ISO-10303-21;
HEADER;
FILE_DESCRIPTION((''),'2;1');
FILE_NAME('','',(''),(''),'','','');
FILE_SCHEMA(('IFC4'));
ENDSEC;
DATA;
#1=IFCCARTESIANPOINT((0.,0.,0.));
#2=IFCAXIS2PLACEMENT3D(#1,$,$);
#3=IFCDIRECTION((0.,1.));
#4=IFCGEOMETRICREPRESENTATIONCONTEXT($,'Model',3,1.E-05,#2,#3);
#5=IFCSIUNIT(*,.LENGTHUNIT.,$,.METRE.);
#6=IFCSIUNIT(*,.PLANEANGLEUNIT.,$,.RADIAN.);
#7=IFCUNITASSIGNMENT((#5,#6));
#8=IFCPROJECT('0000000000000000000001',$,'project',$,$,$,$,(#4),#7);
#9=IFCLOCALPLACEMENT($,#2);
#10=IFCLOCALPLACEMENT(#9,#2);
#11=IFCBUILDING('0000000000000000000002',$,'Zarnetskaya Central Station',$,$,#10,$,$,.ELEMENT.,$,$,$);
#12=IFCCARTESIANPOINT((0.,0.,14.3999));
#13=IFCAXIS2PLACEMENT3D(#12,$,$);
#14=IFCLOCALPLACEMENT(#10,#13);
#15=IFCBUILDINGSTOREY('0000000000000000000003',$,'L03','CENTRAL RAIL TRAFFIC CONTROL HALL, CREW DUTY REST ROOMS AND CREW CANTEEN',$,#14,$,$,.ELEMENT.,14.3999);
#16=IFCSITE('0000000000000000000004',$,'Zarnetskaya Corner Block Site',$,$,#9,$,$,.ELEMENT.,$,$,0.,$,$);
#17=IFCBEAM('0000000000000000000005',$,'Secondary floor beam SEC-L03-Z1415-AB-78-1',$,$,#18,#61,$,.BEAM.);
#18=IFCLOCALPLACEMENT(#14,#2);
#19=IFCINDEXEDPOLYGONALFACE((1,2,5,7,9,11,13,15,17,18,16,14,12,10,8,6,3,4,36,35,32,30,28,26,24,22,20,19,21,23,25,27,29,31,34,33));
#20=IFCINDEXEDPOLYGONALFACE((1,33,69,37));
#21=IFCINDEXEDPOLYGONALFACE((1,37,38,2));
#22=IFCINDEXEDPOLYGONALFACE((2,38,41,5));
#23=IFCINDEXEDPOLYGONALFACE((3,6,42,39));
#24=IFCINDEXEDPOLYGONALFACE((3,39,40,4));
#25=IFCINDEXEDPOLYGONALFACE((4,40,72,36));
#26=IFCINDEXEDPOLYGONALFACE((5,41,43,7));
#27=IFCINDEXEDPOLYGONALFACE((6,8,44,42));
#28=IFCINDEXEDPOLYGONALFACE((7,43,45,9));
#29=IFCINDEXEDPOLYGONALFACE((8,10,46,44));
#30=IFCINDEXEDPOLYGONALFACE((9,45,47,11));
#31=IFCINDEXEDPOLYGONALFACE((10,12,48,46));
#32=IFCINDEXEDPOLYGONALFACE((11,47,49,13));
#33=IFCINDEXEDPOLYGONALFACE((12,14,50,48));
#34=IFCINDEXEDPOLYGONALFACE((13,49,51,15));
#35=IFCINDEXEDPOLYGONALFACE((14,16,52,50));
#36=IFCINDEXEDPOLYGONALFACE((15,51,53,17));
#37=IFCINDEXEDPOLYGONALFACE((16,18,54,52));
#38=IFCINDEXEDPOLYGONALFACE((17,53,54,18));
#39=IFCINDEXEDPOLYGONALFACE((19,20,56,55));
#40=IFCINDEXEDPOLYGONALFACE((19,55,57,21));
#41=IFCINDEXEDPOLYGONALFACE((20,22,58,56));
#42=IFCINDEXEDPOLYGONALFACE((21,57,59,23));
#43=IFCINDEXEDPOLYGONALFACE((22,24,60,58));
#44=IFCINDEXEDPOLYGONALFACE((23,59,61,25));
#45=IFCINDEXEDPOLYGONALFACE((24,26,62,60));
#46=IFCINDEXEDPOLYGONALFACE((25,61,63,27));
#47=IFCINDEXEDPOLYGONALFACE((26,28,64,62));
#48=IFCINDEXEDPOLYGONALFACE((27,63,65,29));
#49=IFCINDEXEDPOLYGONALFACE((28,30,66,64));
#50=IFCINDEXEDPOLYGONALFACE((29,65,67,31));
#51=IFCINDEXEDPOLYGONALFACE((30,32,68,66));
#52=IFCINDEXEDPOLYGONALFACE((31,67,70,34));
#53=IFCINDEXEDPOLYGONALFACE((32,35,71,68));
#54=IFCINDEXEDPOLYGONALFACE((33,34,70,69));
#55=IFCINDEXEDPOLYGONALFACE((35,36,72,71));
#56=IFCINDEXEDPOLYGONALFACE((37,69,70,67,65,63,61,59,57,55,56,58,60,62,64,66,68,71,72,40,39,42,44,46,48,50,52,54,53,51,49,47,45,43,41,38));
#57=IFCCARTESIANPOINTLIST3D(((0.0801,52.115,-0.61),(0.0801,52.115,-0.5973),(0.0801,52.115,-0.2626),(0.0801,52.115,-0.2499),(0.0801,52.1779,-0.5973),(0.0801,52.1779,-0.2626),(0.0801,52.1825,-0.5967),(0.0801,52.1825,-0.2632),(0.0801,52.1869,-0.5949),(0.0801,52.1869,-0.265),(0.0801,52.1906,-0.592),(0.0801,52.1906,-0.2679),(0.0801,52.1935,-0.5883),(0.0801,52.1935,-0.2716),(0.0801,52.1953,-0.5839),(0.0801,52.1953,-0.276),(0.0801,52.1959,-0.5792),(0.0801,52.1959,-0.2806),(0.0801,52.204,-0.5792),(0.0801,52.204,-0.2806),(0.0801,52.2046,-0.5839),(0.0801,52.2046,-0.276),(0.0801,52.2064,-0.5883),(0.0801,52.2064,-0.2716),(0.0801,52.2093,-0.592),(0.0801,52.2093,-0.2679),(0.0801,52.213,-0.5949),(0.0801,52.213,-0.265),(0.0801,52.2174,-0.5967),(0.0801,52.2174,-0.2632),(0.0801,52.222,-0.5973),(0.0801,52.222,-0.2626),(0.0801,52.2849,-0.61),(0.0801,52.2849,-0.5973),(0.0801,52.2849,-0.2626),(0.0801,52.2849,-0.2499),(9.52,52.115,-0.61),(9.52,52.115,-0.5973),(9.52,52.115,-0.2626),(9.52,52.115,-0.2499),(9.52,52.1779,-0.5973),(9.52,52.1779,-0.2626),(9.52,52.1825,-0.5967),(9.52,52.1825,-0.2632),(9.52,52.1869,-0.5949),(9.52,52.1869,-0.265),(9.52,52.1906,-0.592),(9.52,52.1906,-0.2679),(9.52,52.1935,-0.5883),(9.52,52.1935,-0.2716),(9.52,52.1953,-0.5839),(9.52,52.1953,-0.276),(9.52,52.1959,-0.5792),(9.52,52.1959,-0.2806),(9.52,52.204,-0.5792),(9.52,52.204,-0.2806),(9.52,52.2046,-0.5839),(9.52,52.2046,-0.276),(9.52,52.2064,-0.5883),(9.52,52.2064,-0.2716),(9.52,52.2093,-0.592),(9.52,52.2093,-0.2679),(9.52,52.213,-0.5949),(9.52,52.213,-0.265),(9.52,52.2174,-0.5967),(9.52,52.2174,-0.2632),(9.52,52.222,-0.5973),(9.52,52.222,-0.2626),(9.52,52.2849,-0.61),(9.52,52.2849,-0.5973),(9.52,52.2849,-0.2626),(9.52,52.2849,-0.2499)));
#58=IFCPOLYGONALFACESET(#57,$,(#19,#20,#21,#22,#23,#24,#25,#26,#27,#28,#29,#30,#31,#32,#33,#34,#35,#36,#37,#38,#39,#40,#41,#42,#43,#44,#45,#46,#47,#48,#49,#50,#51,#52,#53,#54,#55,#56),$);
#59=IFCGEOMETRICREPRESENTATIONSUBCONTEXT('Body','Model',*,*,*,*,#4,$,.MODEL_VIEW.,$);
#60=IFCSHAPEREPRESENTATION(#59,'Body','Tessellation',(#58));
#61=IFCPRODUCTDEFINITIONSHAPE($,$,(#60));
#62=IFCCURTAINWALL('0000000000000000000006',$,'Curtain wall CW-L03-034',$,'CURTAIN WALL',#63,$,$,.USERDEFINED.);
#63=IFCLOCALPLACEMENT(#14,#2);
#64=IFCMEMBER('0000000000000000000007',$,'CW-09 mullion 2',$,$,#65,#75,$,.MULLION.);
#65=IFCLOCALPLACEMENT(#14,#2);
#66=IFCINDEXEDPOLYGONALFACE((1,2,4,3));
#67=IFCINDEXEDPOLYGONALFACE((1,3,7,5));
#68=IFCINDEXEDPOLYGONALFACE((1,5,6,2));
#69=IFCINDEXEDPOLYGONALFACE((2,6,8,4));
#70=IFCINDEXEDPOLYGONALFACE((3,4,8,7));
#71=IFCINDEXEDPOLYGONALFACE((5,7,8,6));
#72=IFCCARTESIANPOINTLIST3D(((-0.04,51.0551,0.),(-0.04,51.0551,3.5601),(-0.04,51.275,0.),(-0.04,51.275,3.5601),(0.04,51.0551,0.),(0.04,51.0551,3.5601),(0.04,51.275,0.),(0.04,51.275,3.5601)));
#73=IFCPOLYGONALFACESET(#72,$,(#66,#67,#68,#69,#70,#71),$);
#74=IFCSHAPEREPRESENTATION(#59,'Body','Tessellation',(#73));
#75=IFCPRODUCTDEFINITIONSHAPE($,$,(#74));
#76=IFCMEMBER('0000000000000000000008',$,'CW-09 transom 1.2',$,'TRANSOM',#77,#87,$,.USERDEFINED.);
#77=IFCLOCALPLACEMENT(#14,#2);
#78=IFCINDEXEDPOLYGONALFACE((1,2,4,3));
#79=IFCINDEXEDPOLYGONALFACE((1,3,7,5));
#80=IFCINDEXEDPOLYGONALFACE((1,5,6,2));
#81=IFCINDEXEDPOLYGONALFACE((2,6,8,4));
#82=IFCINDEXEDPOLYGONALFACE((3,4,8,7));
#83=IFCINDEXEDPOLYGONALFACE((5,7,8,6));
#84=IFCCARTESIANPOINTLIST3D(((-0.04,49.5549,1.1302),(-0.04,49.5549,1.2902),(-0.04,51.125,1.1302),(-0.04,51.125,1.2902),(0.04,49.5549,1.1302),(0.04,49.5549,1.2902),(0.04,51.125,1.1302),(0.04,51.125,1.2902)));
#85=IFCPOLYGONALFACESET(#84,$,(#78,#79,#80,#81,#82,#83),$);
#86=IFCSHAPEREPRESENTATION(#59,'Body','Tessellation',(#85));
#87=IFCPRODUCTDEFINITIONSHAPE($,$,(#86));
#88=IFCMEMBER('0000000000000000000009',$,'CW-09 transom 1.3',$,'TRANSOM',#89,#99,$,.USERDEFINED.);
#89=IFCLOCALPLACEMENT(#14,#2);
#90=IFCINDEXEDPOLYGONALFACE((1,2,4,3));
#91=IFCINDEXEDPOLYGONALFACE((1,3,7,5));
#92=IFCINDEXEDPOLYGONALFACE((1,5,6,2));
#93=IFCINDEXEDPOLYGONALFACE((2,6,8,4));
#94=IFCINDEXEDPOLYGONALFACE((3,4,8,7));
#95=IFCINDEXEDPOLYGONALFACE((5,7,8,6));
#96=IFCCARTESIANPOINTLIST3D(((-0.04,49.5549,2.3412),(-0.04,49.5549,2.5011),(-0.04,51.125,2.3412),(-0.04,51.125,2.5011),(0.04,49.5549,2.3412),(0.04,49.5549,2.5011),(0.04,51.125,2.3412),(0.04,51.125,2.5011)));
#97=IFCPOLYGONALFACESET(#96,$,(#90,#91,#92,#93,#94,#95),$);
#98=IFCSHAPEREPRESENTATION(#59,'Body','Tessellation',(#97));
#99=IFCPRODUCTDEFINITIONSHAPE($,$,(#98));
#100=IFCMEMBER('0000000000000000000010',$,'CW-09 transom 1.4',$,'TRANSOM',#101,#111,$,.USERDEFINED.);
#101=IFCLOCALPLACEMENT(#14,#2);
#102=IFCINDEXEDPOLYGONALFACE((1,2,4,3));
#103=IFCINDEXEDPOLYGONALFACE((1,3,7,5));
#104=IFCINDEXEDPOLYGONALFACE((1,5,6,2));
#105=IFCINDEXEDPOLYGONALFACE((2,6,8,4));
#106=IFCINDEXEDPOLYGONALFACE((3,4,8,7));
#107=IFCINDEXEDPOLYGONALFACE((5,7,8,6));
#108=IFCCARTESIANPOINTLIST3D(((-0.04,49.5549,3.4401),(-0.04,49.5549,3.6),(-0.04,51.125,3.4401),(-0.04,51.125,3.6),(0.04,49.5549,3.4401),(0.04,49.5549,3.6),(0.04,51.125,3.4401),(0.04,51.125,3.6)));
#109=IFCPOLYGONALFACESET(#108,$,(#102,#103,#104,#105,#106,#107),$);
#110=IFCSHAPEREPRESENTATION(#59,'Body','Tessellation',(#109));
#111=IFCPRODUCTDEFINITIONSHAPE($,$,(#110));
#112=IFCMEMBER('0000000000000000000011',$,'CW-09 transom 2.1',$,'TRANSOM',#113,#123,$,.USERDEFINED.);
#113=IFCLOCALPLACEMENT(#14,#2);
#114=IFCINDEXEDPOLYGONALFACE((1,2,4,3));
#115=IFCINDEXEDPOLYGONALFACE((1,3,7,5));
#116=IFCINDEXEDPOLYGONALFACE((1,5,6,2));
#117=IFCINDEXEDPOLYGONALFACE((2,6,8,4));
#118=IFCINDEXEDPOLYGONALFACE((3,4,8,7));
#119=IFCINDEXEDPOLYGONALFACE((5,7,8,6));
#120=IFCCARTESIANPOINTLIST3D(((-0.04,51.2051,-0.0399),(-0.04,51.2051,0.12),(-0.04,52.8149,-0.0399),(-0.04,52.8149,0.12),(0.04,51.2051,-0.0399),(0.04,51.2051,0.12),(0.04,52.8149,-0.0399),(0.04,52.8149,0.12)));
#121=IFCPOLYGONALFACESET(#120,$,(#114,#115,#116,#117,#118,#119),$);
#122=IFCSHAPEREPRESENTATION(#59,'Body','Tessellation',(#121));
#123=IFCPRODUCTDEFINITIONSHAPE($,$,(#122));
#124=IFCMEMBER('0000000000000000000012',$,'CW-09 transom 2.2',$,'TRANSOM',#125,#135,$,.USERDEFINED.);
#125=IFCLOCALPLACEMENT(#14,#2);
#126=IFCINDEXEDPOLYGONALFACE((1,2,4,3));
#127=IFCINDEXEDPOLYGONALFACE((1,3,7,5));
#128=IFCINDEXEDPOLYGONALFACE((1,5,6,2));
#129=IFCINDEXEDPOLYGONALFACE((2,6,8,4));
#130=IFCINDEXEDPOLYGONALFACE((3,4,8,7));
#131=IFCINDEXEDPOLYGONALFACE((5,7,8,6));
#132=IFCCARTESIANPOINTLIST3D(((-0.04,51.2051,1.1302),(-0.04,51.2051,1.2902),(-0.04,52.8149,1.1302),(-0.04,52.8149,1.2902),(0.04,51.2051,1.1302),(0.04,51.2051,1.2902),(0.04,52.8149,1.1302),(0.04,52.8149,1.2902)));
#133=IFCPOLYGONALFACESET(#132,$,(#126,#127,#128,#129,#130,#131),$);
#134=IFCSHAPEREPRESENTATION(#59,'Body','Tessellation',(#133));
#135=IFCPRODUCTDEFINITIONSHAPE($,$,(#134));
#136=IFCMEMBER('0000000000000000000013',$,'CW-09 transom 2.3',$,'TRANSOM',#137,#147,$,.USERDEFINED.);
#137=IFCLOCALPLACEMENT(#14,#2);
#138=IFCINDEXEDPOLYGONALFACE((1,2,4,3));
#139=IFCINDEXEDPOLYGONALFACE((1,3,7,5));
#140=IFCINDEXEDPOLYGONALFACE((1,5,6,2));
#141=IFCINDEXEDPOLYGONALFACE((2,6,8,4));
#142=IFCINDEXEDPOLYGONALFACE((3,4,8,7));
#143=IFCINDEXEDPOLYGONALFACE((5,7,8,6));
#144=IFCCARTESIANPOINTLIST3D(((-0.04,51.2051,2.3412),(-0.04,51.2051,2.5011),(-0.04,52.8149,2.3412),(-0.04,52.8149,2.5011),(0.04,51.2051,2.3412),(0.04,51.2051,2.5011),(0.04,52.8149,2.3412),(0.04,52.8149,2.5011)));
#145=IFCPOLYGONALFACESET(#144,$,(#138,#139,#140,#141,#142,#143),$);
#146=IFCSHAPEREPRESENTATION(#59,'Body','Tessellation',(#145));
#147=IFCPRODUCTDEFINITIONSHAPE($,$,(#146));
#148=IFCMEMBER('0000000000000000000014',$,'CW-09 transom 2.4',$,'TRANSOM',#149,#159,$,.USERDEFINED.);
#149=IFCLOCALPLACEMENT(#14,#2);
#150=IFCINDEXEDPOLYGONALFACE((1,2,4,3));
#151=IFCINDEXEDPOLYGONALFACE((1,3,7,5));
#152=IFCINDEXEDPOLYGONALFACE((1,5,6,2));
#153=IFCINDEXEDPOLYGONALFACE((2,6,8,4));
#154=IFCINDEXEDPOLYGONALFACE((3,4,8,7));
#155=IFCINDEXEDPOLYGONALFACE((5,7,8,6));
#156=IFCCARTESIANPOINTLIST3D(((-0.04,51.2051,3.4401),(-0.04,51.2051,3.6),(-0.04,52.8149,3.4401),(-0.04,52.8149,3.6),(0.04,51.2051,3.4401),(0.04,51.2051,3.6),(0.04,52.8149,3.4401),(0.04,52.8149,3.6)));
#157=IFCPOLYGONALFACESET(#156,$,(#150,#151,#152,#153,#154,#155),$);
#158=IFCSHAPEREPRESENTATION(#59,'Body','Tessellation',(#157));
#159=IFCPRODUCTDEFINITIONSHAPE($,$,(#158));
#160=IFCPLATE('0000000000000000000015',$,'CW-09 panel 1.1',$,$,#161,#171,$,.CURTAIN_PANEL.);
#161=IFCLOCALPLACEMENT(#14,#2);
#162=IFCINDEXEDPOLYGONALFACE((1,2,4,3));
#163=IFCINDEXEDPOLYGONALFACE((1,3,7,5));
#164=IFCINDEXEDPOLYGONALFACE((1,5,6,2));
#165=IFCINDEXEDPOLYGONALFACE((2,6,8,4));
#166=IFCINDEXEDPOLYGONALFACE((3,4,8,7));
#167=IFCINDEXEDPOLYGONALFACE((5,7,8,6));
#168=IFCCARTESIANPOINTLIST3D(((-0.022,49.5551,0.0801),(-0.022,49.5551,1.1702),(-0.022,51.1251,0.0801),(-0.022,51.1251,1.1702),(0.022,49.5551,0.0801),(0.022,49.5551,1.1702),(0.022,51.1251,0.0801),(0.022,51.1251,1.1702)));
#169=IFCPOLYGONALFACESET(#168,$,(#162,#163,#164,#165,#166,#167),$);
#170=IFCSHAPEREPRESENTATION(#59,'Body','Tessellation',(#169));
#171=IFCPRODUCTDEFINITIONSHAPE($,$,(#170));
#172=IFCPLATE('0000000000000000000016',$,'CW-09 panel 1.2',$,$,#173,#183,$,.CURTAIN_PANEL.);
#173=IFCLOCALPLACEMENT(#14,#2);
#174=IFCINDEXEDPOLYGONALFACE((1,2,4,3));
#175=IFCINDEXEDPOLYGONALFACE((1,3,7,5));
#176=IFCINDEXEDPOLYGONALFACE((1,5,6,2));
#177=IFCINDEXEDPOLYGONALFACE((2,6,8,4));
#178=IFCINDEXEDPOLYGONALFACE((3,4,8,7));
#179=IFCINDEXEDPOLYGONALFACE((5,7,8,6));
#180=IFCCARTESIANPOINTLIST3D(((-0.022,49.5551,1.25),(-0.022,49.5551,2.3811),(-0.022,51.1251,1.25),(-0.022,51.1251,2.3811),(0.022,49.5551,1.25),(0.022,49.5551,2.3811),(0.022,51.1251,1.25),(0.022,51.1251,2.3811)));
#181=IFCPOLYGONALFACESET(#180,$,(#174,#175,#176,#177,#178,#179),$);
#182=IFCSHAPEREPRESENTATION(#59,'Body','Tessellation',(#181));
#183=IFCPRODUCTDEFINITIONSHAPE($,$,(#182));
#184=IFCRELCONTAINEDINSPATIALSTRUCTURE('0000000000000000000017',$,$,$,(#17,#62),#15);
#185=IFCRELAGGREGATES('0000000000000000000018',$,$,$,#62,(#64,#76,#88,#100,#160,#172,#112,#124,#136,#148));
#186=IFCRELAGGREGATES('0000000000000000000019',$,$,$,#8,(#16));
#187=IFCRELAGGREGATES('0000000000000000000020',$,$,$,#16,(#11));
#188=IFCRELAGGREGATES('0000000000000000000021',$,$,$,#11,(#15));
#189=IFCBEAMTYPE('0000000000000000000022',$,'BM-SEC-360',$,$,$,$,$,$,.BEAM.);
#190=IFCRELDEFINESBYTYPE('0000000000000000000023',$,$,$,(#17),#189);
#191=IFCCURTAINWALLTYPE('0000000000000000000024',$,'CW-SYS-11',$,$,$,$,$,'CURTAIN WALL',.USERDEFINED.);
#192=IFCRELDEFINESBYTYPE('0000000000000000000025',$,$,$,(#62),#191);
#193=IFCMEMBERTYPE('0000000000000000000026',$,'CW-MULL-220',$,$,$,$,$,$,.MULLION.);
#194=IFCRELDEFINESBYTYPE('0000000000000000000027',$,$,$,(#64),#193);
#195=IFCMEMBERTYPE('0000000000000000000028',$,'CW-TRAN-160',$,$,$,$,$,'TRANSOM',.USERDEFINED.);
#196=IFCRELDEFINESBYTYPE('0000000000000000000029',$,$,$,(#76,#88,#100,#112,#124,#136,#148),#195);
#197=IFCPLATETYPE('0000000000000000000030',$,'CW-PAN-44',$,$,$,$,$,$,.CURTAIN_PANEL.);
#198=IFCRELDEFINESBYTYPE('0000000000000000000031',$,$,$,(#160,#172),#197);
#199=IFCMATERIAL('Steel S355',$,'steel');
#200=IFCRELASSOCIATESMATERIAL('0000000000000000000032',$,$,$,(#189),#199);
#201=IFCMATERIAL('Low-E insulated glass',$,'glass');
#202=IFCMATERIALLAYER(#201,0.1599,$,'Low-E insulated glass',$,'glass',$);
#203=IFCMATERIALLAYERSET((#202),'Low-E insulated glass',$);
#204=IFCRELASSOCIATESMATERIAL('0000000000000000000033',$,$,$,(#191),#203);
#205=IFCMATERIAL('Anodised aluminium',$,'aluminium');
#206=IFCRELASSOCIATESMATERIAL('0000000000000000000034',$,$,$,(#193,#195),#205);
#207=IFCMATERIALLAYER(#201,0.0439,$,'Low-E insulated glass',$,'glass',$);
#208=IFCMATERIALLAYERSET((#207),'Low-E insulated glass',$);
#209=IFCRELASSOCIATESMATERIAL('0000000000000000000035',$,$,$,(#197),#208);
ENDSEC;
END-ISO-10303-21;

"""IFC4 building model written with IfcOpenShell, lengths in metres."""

from ifc_helpers import new_model, si_unit, direction, frame, origin, origin_2d, place, context, subcontext, project, spatial, rectangle, i_section, extrude, material, layer, layer_set, material_profile, profile_set, type_object, element, aggregate, save


model = new_model("IFC4")

# Units and contexts
model_context = context("Model", 3, precision=1e-05, world=origin(), true_north=direction((0.0, 1.0)))
body_context = subcontext(model_context, "Body", "Model", "MODEL_VIEW")
ifc_project = project(units=[si_unit("LENGTHUNIT", "METRE"), si_unit("PLANEANGLEUNIT", "RADIAN")], contexts=[model_context])

# Site, building, storey
site_placement = place(None, origin())
site = spatial("IfcSite", under=ifc_project, at=site_placement, Name="Zarnetskaya Corner Block Site", CompositionType="ELEMENT", RefElevation=0.0)
building_placement = place(site_placement, origin())
building = spatial("IfcBuilding", under=site, at=building_placement, Name="Zarnetskaya Central Station", CompositionType="ELEMENT")
storey_placement = place(building_placement, frame((0.0, 0.0, 14.3999)))
storey = spatial("IfcBuildingStorey", under=building, at=storey_placement, Name="L03", Description="CENTRAL RAIL TRAFFIC CONTROL HALL, CREW DUTY REST ROOMS AND CREW CANTEEN", CompositionType="ELEMENT", Elevation=14.3999)

# Beam
ifc_material_1 = material(Name="Steel S355", Category="steel")
ifc_material_profile_1 = material_profile(ifc_material_1, i_section(OverallWidth=0.1699, OverallDepth=0.3601, WebThickness=0.0081, FlangeThickness=0.0127, FilletRadius=0.0181, at=origin_2d()), Name="IPE 360")
ifc_profile_set_1 = profile_set([ifc_material_profile_1], Name="Steel S355")
beam_type = type_object("IfcBeamType", Name="BM-SEC-360", PredefinedType="BEAM", material=ifc_profile_set_1)
beam_placement = place(storey_placement, frame((0.0801, 52.2, -0.4299), z_axis=(1.0, 0.0, 0.0), x_axis=(0.0, 1.0, 0.0)))
element("IfcBeam", 1, at=beam_placement, inside=storey, type_object=beam_type, Name="Secondary floor beam SEC-L03-Z1415-AB-78-1", PredefinedType="BEAM", context=body_context, shape_type="SweptSolid", body=[
    extrude(i_section(OverallWidth=0.1699, OverallDepth=0.3601, WebThickness=0.0081, FlangeThickness=0.0127, FilletRadius=0.0181, at=origin_2d()), origin(), (0.0, 0.0, 1.0), 9.4399),
])

# Curtain wall, members, plates
ifc_material_2 = material(Name="Low-E insulated glass", Category="glass")
ifc_layer_1 = layer(ifc_material_2, 0.1599, Name="Low-E insulated glass", Category="glass")
ifc_layer_set_1 = layer_set([ifc_layer_1], Name="Low-E insulated glass")
curtain_wall_type = type_object("IfcCurtainWallType", Name="CW-SYS-11", ElementType="CURTAIN WALL", PredefinedType="USERDEFINED", material=ifc_layer_set_1)
curtain_wall_placement = place(storey_placement, origin())
curtain_wall = element("IfcCurtainWall", 2, at=curtain_wall_placement, inside=storey, type_object=curtain_wall_type, Name="Curtain wall CW-L03-034", ObjectType="CURTAIN WALL", PredefinedType="USERDEFINED")
ifc_material_3 = material(Name="Anodised aluminium", Category="aluminium")
ifc_material_profile_2 = material_profile(ifc_material_3, rectangle(XDim=0.0801, YDim=0.22, at=origin_2d()), Name="ALU MULL 80x220")
ifc_profile_set_2 = profile_set([ifc_material_profile_2], Name="Anodised aluminium")
member_type_1 = type_object("IfcMemberType", Name="CW-MULL-220", PredefinedType="MULLION", material=ifc_profile_set_2)
member_1_placement = place(storey_placement, frame((0.0, 51.165, 0.0), z_axis=(0.0, 0.0, 1.0), x_axis=(-1.0, 0.0, 0.0)))
member_1 = element("IfcMember", 3, at=member_1_placement, type_object=member_type_1, Name="CW-09 mullion 2", PredefinedType="MULLION", context=body_context, shape_type="SweptSolid", body=[
    extrude(rectangle(XDim=0.0801, YDim=0.22, at=origin_2d()), origin(), (0.0, 0.0, 1.0), 3.5601),
])
ifc_material_profile_3 = material_profile(ifc_material_3, rectangle(XDim=0.0801, YDim=0.1599, at=origin_2d()), Name="ALU TRAN 80x160")
ifc_profile_set_3 = profile_set([ifc_material_profile_3], Name="Anodised aluminium")
member_type_2 = type_object("IfcMemberType", Name="CW-TRAN-160", ElementType="TRANSOM", PredefinedType="USERDEFINED", material=ifc_profile_set_3)
member_2_placement = place(storey_placement, frame((0.0, 49.5549, 1.2102), z_axis=(0.0, 1.0, 0.0), x_axis=(-1.0, 0.0, 0.0)))
member_2 = element("IfcMember", 4, at=member_2_placement, type_object=member_type_2, Name="CW-09 transom 1.2", ObjectType="TRANSOM", PredefinedType="USERDEFINED", context=body_context, shape_type="SweptSolid", body=[
    extrude(rectangle(XDim=0.0801, YDim=0.1599, at=origin_2d()), origin(), (0.0, 0.0, 1.0), 1.5701),
])
member_3_placement = place(storey_placement, frame((0.0, 49.5549, 2.4211), z_axis=(0.0, 1.0, 0.0), x_axis=(-1.0, 0.0, 0.0)))
member_3 = element("IfcMember", 5, at=member_3_placement, type_object=member_type_2, Name="CW-09 transom 1.3", ObjectType="TRANSOM", PredefinedType="USERDEFINED", context=body_context, shape_type="SweptSolid", body=[
    extrude(rectangle(XDim=0.0801, YDim=0.1599, at=origin_2d()), origin(), (0.0, 0.0, 1.0), 1.5701),
])
member_4_placement = place(storey_placement, frame((0.0, 49.5549, 3.52), z_axis=(0.0, 1.0, 0.0), x_axis=(-1.0, 0.0, 0.0)))
member_4 = element("IfcMember", 6, at=member_4_placement, type_object=member_type_2, Name="CW-09 transom 1.4", ObjectType="TRANSOM", PredefinedType="USERDEFINED", context=body_context, shape_type="SweptSolid", body=[
    extrude(rectangle(XDim=0.0801, YDim=0.1599, at=origin_2d()), origin(), (0.0, 0.0, 1.0), 1.5701),
])
member_5_placement = place(storey_placement, frame((0.0, 51.2051, 0.04), z_axis=(0.0, 1.0, 0.0), x_axis=(-1.0, 0.0, 0.0)))
member_5 = element("IfcMember", 7, at=member_5_placement, type_object=member_type_2, Name="CW-09 transom 2.1", ObjectType="TRANSOM", PredefinedType="USERDEFINED", context=body_context, shape_type="SweptSolid", body=[
    extrude(rectangle(XDim=0.0801, YDim=0.1599, at=origin_2d()), origin(), (0.0, 0.0, 1.0), 1.6099),
])
member_6_placement = place(storey_placement, frame((0.0, 51.2051, 1.2102), z_axis=(0.0, 1.0, 0.0), x_axis=(-1.0, 0.0, 0.0)))
member_6 = element("IfcMember", 8, at=member_6_placement, type_object=member_type_2, Name="CW-09 transom 2.2", ObjectType="TRANSOM", PredefinedType="USERDEFINED", context=body_context, shape_type="SweptSolid", body=[
    extrude(rectangle(XDim=0.0801, YDim=0.1599, at=origin_2d()), origin(), (0.0, 0.0, 1.0), 1.6099),
])
member_7_placement = place(storey_placement, frame((0.0, 51.2051, 2.4211), z_axis=(0.0, 1.0, 0.0), x_axis=(-1.0, 0.0, 0.0)))
member_7 = element("IfcMember", 9, at=member_7_placement, type_object=member_type_2, Name="CW-09 transom 2.3", ObjectType="TRANSOM", PredefinedType="USERDEFINED", context=body_context, shape_type="SweptSolid", body=[
    extrude(rectangle(XDim=0.0801, YDim=0.1599, at=origin_2d()), origin(), (0.0, 0.0, 1.0), 1.6099),
])
member_8_placement = place(storey_placement, frame((0.0, 51.2051, 3.52), z_axis=(0.0, 1.0, 0.0), x_axis=(-1.0, 0.0, 0.0)))
member_8 = element("IfcMember", 10, at=member_8_placement, type_object=member_type_2, Name="CW-09 transom 2.4", ObjectType="TRANSOM", PredefinedType="USERDEFINED", context=body_context, shape_type="SweptSolid", body=[
    extrude(rectangle(XDim=0.0801, YDim=0.1599, at=origin_2d()), origin(), (0.0, 0.0, 1.0), 1.6099),
])
ifc_layer_2 = layer(ifc_material_2, 0.0439, Name="Low-E insulated glass", Category="glass")
ifc_layer_set_2 = layer_set([ifc_layer_2], Name="Low-E insulated glass")
plate_type = type_object("IfcPlateType", Name="CW-PAN-44", PredefinedType="CURTAIN_PANEL", material=ifc_layer_set_2)
plate_1_placement = place(storey_placement, frame((0.0, 50.3401, 0.0801), z_axis=(0.0, 0.0, 1.0), x_axis=(0.0, 1.0, 0.0)))
plate_1 = element("IfcPlate", 11, at=plate_1_placement, type_object=plate_type, Name="CW-09 panel 1.1", PredefinedType="CURTAIN_PANEL", context=body_context, shape_type="SweptSolid", body=[
    extrude(rectangle(XDim=1.5701, YDim=0.0439, at=origin_2d()), origin(), (0.0, 0.0, 1.0), 1.0901),
])
plate_2_placement = place(storey_placement, frame((0.0, 50.3401, 1.25), z_axis=(0.0, 0.0, 1.0), x_axis=(0.0, 1.0, 0.0)))
plate_2 = element("IfcPlate", 12, at=plate_2_placement, type_object=plate_type, Name="CW-09 panel 1.2", PredefinedType="CURTAIN_PANEL", context=body_context, shape_type="SweptSolid", body=[
    extrude(rectangle(XDim=1.5701, YDim=0.0439, at=origin_2d()), origin(), (0.0, 0.0, 1.0), 1.1311),
])
aggregate(curtain_wall, [member_1, member_2, member_3, member_4, plate_1, plate_2, member_5, member_6, member_7, member_8])

save(model, "model.ifc")
